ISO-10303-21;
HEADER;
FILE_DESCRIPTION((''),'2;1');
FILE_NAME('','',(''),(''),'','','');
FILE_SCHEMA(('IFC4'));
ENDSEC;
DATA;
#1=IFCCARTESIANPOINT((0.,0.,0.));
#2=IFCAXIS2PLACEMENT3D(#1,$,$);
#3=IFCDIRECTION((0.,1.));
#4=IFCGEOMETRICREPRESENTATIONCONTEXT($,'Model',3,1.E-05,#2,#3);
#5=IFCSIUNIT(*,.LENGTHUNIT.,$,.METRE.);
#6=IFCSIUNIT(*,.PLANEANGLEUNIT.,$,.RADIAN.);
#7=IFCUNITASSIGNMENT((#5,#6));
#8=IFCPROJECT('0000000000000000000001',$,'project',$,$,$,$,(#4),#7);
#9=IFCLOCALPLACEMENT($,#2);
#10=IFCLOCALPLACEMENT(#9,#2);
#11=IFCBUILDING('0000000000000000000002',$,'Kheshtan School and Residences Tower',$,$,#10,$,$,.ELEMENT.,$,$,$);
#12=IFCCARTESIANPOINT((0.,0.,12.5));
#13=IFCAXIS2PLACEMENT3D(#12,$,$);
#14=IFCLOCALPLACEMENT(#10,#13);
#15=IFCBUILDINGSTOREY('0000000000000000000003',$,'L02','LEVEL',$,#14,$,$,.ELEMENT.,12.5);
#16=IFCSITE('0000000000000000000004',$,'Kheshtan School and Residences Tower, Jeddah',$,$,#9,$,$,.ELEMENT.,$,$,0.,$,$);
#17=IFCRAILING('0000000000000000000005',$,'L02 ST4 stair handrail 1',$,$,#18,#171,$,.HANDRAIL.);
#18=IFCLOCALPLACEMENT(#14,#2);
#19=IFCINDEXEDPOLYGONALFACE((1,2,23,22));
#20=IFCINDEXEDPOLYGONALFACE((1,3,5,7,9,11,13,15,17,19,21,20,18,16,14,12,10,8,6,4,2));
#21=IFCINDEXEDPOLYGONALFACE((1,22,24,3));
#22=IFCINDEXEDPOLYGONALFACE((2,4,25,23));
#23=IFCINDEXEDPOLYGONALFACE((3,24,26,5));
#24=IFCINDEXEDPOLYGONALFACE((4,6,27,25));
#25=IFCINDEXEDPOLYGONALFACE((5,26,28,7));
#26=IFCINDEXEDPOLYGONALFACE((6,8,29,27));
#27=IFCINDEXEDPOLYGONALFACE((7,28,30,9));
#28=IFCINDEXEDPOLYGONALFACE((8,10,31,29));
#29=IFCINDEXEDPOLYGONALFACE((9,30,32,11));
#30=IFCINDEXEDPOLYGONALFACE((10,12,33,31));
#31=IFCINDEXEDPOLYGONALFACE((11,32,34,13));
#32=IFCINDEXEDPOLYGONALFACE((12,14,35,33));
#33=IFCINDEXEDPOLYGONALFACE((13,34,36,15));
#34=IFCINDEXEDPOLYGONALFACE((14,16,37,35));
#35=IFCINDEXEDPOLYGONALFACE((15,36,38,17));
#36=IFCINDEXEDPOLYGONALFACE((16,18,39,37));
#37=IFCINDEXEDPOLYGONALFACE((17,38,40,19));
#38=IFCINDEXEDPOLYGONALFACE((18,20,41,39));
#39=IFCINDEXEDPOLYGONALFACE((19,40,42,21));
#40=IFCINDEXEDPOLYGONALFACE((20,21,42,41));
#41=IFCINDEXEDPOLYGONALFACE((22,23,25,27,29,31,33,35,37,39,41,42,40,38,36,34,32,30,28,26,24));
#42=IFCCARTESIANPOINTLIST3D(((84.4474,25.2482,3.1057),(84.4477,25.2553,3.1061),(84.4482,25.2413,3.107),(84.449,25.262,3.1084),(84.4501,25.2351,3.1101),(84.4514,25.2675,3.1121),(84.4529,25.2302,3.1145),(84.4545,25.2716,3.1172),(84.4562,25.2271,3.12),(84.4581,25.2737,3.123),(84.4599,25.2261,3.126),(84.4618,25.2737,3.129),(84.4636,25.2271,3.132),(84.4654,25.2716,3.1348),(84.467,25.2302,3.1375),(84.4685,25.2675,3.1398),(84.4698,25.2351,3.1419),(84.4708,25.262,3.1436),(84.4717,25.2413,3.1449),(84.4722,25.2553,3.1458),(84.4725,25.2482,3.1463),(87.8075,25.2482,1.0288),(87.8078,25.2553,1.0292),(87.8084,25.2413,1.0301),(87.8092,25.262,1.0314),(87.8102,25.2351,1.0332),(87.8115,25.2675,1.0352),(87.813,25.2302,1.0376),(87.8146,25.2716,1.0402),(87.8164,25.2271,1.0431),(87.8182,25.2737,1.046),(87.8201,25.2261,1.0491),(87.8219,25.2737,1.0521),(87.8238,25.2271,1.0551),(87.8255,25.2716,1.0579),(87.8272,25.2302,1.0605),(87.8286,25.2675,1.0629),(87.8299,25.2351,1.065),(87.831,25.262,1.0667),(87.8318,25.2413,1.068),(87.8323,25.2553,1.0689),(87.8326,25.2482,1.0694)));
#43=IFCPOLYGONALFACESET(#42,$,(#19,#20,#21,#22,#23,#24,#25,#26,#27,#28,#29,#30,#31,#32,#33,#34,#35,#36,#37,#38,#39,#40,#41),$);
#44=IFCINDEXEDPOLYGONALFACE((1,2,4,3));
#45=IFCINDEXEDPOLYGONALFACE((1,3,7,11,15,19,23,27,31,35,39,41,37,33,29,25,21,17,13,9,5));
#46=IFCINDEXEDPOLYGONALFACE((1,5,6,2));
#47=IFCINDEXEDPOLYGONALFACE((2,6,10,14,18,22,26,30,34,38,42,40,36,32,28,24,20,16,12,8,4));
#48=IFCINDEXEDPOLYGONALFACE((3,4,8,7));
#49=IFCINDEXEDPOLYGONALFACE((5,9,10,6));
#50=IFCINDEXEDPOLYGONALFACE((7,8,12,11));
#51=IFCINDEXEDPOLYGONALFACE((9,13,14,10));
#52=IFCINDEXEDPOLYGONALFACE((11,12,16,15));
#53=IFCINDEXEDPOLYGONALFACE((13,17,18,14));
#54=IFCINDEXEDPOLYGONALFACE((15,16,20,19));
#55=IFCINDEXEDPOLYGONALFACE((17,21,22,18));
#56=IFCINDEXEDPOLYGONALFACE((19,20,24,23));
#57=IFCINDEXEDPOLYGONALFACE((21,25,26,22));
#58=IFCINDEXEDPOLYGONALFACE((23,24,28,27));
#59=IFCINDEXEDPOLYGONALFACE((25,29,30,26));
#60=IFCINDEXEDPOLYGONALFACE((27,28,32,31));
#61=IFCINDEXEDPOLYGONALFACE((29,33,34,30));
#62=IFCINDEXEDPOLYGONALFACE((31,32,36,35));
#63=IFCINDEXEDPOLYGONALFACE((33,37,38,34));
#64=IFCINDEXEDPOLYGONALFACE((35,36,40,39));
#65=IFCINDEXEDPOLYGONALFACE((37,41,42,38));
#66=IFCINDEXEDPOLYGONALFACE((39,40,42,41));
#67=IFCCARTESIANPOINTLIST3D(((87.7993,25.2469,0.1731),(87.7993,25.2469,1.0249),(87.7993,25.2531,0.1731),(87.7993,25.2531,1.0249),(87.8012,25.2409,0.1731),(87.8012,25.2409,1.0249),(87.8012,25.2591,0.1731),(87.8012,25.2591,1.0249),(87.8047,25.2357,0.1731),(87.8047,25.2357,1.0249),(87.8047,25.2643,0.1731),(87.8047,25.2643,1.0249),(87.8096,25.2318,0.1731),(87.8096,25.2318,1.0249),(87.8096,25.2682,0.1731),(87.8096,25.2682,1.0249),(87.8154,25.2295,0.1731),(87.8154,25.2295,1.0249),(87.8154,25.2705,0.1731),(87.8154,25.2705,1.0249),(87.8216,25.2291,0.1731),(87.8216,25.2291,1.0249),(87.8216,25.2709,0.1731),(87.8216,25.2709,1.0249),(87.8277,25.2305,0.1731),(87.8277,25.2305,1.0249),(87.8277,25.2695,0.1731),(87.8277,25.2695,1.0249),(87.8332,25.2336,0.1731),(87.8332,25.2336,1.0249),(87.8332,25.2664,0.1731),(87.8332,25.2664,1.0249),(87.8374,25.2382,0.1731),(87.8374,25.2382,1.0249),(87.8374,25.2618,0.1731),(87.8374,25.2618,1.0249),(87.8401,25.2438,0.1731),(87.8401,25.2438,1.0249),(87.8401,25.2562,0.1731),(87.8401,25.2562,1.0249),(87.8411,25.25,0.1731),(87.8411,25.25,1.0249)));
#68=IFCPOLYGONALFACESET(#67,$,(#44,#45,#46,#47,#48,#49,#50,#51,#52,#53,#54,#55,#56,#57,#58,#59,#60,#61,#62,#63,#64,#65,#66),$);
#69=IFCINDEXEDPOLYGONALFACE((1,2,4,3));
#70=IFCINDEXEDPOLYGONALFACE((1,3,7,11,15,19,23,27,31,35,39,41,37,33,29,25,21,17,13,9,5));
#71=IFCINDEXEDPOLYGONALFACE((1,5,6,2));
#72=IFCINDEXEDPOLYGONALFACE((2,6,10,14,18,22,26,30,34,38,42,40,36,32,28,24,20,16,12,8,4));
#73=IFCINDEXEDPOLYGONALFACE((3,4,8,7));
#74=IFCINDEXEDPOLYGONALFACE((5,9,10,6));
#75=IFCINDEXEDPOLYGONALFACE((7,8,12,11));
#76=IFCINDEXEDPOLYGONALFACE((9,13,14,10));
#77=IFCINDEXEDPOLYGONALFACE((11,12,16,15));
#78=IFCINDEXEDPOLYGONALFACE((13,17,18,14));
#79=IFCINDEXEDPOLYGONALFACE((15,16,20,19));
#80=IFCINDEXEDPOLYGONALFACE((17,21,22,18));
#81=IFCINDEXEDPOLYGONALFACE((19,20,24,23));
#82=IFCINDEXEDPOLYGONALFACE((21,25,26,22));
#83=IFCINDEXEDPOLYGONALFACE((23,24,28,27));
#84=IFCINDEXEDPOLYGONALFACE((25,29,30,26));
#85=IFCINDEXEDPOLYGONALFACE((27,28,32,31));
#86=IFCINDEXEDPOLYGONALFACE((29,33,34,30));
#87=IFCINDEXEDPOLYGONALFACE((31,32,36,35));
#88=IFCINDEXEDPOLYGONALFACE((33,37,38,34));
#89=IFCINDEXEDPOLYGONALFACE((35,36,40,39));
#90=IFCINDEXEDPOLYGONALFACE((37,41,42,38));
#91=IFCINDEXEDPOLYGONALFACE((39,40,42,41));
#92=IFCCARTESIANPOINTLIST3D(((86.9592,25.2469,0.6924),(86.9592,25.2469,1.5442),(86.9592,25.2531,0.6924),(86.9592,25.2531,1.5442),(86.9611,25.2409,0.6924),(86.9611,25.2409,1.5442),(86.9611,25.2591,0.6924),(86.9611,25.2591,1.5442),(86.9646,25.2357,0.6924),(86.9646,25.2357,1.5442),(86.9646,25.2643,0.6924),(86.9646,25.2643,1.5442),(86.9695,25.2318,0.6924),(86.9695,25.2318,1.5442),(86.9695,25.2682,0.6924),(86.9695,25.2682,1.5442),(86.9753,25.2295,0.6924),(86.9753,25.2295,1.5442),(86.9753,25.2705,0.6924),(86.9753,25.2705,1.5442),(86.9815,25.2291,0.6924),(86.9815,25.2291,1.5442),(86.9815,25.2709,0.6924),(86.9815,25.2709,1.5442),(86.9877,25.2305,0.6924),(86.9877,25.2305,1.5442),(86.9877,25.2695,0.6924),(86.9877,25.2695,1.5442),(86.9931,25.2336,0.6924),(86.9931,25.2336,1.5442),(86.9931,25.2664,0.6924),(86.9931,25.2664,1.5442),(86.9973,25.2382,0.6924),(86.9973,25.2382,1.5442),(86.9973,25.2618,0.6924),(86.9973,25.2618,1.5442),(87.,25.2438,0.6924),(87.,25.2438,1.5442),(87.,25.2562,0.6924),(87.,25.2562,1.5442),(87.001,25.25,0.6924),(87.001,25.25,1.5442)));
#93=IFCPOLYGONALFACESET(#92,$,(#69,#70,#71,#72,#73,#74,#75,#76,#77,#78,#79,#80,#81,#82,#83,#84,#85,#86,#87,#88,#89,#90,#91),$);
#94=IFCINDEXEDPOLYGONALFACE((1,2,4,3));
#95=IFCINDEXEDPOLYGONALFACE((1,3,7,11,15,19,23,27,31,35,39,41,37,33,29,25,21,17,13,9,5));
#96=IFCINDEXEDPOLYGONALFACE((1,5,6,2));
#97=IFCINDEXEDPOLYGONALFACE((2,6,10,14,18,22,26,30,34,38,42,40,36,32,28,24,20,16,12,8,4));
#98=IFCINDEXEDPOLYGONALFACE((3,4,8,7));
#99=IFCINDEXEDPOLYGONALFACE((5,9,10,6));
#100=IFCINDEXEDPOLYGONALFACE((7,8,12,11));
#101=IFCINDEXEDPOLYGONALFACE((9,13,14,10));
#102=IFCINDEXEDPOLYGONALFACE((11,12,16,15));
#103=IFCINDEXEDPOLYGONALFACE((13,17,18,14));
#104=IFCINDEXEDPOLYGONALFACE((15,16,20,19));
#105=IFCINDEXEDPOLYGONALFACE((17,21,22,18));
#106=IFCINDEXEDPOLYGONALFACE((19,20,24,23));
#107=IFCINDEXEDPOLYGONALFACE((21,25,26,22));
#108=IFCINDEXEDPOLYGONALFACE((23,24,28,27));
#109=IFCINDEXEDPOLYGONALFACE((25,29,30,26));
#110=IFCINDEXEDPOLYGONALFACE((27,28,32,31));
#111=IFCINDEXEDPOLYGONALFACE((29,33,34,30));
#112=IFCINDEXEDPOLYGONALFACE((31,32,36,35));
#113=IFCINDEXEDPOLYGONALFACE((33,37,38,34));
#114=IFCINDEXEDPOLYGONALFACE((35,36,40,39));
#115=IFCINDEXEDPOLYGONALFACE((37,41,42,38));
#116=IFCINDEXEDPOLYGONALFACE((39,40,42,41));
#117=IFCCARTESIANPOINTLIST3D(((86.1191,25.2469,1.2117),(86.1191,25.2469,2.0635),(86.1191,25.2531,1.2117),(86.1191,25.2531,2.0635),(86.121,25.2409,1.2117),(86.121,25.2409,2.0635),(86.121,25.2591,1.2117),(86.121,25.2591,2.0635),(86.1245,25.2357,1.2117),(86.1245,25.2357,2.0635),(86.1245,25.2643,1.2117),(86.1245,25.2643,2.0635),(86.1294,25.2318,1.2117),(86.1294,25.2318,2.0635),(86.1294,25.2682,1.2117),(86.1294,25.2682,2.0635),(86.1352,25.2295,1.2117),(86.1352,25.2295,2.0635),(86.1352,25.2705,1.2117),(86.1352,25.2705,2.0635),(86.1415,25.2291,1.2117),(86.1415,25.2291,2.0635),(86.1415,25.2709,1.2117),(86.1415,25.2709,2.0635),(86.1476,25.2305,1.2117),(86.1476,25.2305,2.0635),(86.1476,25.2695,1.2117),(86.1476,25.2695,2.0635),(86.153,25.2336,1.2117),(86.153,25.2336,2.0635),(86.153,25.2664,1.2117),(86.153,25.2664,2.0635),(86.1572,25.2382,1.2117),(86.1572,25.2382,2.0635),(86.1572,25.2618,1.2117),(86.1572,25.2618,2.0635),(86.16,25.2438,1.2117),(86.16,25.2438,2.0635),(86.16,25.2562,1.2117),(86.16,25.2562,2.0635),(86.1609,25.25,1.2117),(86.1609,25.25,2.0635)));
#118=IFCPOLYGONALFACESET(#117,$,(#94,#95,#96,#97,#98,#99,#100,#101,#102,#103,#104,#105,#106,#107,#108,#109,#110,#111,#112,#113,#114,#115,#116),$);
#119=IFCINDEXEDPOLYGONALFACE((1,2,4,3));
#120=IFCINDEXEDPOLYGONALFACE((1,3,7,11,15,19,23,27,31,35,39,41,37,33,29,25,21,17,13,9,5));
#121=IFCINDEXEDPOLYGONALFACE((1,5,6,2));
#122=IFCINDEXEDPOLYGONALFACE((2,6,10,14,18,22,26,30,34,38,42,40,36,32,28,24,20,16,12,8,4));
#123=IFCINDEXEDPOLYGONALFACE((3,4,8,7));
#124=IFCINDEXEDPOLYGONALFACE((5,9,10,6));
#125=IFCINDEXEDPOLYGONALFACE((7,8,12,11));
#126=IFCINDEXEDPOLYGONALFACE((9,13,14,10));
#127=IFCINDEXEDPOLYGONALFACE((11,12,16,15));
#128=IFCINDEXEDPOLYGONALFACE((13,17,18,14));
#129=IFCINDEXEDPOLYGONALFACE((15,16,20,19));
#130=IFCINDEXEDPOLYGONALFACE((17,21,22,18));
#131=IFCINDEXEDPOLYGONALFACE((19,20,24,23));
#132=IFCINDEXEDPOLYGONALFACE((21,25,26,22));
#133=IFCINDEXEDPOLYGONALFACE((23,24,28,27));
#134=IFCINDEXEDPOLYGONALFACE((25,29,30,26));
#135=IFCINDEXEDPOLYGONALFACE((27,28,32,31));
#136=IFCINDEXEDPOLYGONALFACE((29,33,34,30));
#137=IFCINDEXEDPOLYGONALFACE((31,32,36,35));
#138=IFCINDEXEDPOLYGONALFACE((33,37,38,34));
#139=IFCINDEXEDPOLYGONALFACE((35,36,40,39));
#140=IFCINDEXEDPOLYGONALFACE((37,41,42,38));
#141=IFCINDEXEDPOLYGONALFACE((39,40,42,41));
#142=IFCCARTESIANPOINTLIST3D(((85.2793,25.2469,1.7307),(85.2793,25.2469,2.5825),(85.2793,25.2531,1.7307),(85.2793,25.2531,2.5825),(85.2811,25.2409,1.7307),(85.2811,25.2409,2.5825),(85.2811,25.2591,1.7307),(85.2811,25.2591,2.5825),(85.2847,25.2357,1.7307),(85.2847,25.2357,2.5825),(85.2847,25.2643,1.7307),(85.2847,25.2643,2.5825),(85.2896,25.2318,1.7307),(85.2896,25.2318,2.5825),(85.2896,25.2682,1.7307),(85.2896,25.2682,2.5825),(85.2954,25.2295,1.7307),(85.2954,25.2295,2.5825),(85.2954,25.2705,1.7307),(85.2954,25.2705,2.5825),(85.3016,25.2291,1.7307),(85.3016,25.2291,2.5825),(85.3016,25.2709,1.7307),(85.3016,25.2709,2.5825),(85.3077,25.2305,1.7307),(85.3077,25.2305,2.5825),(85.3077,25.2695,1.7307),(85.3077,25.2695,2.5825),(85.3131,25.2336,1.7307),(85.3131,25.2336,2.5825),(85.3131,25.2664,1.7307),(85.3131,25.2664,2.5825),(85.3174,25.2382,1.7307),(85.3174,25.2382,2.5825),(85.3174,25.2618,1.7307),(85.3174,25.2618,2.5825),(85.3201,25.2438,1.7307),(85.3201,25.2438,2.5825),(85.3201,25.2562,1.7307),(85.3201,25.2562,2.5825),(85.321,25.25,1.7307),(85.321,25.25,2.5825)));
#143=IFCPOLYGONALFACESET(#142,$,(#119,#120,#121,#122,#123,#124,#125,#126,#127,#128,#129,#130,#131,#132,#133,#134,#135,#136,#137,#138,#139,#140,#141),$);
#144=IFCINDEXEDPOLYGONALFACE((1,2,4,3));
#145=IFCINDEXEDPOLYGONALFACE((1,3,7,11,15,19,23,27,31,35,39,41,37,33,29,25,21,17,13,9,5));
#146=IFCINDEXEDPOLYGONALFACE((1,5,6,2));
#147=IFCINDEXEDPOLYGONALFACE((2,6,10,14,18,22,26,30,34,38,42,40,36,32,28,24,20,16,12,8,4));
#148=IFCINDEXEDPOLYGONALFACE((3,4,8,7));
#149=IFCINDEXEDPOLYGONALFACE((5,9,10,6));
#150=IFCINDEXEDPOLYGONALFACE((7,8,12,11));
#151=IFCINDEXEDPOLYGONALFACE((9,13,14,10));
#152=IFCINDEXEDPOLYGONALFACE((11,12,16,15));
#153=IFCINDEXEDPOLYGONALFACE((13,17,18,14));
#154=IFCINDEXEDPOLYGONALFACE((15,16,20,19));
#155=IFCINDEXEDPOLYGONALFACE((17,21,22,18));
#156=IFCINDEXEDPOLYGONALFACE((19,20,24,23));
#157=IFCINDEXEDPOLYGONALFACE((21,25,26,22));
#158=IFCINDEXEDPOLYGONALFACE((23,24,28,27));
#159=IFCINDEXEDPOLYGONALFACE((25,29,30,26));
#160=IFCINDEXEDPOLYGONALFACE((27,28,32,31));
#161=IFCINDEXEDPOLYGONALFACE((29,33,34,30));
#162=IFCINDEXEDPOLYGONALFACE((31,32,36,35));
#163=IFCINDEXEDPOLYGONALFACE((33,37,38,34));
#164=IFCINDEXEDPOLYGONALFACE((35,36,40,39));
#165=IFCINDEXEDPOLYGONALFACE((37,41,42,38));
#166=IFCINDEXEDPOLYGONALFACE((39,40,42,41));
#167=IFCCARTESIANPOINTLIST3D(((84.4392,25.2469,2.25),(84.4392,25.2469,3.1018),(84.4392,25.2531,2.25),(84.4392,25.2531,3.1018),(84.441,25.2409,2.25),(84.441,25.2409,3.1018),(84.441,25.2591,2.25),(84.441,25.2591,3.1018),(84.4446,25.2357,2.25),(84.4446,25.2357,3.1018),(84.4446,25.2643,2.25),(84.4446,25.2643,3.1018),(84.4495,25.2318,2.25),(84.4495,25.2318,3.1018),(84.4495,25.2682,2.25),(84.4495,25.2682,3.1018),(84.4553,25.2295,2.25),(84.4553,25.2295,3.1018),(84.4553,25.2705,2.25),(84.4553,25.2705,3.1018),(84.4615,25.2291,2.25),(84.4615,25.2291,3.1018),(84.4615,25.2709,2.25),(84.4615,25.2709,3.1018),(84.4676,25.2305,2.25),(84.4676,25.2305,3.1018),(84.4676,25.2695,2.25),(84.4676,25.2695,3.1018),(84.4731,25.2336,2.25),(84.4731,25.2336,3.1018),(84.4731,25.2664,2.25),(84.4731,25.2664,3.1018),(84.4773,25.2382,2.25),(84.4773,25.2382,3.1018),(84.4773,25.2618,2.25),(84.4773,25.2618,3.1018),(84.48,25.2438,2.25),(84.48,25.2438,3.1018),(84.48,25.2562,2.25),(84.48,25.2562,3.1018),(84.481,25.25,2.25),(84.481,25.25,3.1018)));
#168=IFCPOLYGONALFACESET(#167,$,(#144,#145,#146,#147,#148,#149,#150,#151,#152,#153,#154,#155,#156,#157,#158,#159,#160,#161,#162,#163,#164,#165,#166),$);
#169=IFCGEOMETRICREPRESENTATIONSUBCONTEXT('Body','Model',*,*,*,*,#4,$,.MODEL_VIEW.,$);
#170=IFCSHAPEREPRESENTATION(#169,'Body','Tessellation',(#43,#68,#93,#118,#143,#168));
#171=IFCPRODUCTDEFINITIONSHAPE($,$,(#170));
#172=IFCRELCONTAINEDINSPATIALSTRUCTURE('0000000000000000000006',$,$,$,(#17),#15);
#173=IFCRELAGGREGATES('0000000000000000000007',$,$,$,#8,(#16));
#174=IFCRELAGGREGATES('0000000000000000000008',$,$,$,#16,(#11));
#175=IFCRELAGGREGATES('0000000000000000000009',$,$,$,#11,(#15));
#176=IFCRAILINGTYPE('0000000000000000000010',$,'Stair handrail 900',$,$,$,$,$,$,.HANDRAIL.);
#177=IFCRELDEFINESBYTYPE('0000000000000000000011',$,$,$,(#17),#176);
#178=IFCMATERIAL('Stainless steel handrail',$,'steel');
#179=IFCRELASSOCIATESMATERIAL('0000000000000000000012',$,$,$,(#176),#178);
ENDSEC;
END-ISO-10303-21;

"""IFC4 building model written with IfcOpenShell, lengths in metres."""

from ifc_helpers import new_model, si_unit, direction, frame, origin, origin_2d, place, context, subcontext, project, spatial, circle, extrude, material, type_object, element, save


model = new_model("IFC4")

# Units and contexts
model_context = context("Model", 3, precision=1e-05, world=origin(), true_north=direction((0.0, 1.0)))
body_context = subcontext(model_context, "Body", "Model", "MODEL_VIEW")
ifc_project = project(units=[si_unit("LENGTHUNIT", "METRE"), si_unit("PLANEANGLEUNIT", "RADIAN")], contexts=[model_context])

# Site, building, storey
site_placement = place(None, origin())
site = spatial("IfcSite", under=ifc_project, at=site_placement, Name="Kheshtan School and Residences Tower, Jeddah", CompositionType="ELEMENT", RefElevation=0.0)
building_placement = place(site_placement, origin())
building = spatial("IfcBuilding", under=site, at=building_placement, Name="Kheshtan School and Residences Tower", CompositionType="ELEMENT")
storey_placement = place(building_placement, frame((0.0, 0.0, 12.5)))
storey = spatial("IfcBuildingStorey", under=building, at=storey_placement, Name="L02", Description="LEVEL", CompositionType="ELEMENT", Elevation=12.5)

# Railing
ifc_material_1 = material(Name="Stainless steel handrail", Category="steel")
railing_type_1 = type_object("IfcRailingType", Name="Stair handrail 900", PredefinedType="HANDRAIL", material=ifc_material_1)
railing_1_placement = place(storey_placement, frame((87.8201, 25.25, 0.1731)))
element("IfcRailing", 1, at=railing_1_placement, inside=storey, type_object=railing_type_1, Name="L02 ST4 stair handrail 1", PredefinedType="HANDRAIL", context=body_context, shape_type="SweptSolid", body=[
    extrude(circle(Radius=0.0239, at=origin_2d()), frame((0.0, 0.0, 0.876), z_axis=(-0.850623, 0.0, 0.525776), x_axis=(0.0, -1.0, 0.0)), (0.0, 0.0, 1.0), 3.9502),
    extrude(circle(Radius=0.021, at=origin_2d()), origin(), (0.0, 0.0, 1.0), 0.8518),
    extrude(circle(Radius=0.021, at=origin_2d()), frame((-0.8401, 0.0, 0.5193)), (0.0, 0.0, 1.0), 0.8518),
    extrude(circle(Radius=0.021, at=origin_2d()), frame((-1.6802, 0.0, 1.0386)), (0.0, 0.0, 1.0), 0.8518),
    extrude(circle(Radius=0.021, at=origin_2d()), frame((-2.52, 0.0, 1.5576)), (0.0, 0.0, 1.0), 0.8518),
    extrude(circle(Radius=0.021, at=origin_2d()), frame((-3.3601, 0.0, 2.0769)), (0.0, 0.0, 1.0), 0.8518),
])

save(model, "model.ifc")
